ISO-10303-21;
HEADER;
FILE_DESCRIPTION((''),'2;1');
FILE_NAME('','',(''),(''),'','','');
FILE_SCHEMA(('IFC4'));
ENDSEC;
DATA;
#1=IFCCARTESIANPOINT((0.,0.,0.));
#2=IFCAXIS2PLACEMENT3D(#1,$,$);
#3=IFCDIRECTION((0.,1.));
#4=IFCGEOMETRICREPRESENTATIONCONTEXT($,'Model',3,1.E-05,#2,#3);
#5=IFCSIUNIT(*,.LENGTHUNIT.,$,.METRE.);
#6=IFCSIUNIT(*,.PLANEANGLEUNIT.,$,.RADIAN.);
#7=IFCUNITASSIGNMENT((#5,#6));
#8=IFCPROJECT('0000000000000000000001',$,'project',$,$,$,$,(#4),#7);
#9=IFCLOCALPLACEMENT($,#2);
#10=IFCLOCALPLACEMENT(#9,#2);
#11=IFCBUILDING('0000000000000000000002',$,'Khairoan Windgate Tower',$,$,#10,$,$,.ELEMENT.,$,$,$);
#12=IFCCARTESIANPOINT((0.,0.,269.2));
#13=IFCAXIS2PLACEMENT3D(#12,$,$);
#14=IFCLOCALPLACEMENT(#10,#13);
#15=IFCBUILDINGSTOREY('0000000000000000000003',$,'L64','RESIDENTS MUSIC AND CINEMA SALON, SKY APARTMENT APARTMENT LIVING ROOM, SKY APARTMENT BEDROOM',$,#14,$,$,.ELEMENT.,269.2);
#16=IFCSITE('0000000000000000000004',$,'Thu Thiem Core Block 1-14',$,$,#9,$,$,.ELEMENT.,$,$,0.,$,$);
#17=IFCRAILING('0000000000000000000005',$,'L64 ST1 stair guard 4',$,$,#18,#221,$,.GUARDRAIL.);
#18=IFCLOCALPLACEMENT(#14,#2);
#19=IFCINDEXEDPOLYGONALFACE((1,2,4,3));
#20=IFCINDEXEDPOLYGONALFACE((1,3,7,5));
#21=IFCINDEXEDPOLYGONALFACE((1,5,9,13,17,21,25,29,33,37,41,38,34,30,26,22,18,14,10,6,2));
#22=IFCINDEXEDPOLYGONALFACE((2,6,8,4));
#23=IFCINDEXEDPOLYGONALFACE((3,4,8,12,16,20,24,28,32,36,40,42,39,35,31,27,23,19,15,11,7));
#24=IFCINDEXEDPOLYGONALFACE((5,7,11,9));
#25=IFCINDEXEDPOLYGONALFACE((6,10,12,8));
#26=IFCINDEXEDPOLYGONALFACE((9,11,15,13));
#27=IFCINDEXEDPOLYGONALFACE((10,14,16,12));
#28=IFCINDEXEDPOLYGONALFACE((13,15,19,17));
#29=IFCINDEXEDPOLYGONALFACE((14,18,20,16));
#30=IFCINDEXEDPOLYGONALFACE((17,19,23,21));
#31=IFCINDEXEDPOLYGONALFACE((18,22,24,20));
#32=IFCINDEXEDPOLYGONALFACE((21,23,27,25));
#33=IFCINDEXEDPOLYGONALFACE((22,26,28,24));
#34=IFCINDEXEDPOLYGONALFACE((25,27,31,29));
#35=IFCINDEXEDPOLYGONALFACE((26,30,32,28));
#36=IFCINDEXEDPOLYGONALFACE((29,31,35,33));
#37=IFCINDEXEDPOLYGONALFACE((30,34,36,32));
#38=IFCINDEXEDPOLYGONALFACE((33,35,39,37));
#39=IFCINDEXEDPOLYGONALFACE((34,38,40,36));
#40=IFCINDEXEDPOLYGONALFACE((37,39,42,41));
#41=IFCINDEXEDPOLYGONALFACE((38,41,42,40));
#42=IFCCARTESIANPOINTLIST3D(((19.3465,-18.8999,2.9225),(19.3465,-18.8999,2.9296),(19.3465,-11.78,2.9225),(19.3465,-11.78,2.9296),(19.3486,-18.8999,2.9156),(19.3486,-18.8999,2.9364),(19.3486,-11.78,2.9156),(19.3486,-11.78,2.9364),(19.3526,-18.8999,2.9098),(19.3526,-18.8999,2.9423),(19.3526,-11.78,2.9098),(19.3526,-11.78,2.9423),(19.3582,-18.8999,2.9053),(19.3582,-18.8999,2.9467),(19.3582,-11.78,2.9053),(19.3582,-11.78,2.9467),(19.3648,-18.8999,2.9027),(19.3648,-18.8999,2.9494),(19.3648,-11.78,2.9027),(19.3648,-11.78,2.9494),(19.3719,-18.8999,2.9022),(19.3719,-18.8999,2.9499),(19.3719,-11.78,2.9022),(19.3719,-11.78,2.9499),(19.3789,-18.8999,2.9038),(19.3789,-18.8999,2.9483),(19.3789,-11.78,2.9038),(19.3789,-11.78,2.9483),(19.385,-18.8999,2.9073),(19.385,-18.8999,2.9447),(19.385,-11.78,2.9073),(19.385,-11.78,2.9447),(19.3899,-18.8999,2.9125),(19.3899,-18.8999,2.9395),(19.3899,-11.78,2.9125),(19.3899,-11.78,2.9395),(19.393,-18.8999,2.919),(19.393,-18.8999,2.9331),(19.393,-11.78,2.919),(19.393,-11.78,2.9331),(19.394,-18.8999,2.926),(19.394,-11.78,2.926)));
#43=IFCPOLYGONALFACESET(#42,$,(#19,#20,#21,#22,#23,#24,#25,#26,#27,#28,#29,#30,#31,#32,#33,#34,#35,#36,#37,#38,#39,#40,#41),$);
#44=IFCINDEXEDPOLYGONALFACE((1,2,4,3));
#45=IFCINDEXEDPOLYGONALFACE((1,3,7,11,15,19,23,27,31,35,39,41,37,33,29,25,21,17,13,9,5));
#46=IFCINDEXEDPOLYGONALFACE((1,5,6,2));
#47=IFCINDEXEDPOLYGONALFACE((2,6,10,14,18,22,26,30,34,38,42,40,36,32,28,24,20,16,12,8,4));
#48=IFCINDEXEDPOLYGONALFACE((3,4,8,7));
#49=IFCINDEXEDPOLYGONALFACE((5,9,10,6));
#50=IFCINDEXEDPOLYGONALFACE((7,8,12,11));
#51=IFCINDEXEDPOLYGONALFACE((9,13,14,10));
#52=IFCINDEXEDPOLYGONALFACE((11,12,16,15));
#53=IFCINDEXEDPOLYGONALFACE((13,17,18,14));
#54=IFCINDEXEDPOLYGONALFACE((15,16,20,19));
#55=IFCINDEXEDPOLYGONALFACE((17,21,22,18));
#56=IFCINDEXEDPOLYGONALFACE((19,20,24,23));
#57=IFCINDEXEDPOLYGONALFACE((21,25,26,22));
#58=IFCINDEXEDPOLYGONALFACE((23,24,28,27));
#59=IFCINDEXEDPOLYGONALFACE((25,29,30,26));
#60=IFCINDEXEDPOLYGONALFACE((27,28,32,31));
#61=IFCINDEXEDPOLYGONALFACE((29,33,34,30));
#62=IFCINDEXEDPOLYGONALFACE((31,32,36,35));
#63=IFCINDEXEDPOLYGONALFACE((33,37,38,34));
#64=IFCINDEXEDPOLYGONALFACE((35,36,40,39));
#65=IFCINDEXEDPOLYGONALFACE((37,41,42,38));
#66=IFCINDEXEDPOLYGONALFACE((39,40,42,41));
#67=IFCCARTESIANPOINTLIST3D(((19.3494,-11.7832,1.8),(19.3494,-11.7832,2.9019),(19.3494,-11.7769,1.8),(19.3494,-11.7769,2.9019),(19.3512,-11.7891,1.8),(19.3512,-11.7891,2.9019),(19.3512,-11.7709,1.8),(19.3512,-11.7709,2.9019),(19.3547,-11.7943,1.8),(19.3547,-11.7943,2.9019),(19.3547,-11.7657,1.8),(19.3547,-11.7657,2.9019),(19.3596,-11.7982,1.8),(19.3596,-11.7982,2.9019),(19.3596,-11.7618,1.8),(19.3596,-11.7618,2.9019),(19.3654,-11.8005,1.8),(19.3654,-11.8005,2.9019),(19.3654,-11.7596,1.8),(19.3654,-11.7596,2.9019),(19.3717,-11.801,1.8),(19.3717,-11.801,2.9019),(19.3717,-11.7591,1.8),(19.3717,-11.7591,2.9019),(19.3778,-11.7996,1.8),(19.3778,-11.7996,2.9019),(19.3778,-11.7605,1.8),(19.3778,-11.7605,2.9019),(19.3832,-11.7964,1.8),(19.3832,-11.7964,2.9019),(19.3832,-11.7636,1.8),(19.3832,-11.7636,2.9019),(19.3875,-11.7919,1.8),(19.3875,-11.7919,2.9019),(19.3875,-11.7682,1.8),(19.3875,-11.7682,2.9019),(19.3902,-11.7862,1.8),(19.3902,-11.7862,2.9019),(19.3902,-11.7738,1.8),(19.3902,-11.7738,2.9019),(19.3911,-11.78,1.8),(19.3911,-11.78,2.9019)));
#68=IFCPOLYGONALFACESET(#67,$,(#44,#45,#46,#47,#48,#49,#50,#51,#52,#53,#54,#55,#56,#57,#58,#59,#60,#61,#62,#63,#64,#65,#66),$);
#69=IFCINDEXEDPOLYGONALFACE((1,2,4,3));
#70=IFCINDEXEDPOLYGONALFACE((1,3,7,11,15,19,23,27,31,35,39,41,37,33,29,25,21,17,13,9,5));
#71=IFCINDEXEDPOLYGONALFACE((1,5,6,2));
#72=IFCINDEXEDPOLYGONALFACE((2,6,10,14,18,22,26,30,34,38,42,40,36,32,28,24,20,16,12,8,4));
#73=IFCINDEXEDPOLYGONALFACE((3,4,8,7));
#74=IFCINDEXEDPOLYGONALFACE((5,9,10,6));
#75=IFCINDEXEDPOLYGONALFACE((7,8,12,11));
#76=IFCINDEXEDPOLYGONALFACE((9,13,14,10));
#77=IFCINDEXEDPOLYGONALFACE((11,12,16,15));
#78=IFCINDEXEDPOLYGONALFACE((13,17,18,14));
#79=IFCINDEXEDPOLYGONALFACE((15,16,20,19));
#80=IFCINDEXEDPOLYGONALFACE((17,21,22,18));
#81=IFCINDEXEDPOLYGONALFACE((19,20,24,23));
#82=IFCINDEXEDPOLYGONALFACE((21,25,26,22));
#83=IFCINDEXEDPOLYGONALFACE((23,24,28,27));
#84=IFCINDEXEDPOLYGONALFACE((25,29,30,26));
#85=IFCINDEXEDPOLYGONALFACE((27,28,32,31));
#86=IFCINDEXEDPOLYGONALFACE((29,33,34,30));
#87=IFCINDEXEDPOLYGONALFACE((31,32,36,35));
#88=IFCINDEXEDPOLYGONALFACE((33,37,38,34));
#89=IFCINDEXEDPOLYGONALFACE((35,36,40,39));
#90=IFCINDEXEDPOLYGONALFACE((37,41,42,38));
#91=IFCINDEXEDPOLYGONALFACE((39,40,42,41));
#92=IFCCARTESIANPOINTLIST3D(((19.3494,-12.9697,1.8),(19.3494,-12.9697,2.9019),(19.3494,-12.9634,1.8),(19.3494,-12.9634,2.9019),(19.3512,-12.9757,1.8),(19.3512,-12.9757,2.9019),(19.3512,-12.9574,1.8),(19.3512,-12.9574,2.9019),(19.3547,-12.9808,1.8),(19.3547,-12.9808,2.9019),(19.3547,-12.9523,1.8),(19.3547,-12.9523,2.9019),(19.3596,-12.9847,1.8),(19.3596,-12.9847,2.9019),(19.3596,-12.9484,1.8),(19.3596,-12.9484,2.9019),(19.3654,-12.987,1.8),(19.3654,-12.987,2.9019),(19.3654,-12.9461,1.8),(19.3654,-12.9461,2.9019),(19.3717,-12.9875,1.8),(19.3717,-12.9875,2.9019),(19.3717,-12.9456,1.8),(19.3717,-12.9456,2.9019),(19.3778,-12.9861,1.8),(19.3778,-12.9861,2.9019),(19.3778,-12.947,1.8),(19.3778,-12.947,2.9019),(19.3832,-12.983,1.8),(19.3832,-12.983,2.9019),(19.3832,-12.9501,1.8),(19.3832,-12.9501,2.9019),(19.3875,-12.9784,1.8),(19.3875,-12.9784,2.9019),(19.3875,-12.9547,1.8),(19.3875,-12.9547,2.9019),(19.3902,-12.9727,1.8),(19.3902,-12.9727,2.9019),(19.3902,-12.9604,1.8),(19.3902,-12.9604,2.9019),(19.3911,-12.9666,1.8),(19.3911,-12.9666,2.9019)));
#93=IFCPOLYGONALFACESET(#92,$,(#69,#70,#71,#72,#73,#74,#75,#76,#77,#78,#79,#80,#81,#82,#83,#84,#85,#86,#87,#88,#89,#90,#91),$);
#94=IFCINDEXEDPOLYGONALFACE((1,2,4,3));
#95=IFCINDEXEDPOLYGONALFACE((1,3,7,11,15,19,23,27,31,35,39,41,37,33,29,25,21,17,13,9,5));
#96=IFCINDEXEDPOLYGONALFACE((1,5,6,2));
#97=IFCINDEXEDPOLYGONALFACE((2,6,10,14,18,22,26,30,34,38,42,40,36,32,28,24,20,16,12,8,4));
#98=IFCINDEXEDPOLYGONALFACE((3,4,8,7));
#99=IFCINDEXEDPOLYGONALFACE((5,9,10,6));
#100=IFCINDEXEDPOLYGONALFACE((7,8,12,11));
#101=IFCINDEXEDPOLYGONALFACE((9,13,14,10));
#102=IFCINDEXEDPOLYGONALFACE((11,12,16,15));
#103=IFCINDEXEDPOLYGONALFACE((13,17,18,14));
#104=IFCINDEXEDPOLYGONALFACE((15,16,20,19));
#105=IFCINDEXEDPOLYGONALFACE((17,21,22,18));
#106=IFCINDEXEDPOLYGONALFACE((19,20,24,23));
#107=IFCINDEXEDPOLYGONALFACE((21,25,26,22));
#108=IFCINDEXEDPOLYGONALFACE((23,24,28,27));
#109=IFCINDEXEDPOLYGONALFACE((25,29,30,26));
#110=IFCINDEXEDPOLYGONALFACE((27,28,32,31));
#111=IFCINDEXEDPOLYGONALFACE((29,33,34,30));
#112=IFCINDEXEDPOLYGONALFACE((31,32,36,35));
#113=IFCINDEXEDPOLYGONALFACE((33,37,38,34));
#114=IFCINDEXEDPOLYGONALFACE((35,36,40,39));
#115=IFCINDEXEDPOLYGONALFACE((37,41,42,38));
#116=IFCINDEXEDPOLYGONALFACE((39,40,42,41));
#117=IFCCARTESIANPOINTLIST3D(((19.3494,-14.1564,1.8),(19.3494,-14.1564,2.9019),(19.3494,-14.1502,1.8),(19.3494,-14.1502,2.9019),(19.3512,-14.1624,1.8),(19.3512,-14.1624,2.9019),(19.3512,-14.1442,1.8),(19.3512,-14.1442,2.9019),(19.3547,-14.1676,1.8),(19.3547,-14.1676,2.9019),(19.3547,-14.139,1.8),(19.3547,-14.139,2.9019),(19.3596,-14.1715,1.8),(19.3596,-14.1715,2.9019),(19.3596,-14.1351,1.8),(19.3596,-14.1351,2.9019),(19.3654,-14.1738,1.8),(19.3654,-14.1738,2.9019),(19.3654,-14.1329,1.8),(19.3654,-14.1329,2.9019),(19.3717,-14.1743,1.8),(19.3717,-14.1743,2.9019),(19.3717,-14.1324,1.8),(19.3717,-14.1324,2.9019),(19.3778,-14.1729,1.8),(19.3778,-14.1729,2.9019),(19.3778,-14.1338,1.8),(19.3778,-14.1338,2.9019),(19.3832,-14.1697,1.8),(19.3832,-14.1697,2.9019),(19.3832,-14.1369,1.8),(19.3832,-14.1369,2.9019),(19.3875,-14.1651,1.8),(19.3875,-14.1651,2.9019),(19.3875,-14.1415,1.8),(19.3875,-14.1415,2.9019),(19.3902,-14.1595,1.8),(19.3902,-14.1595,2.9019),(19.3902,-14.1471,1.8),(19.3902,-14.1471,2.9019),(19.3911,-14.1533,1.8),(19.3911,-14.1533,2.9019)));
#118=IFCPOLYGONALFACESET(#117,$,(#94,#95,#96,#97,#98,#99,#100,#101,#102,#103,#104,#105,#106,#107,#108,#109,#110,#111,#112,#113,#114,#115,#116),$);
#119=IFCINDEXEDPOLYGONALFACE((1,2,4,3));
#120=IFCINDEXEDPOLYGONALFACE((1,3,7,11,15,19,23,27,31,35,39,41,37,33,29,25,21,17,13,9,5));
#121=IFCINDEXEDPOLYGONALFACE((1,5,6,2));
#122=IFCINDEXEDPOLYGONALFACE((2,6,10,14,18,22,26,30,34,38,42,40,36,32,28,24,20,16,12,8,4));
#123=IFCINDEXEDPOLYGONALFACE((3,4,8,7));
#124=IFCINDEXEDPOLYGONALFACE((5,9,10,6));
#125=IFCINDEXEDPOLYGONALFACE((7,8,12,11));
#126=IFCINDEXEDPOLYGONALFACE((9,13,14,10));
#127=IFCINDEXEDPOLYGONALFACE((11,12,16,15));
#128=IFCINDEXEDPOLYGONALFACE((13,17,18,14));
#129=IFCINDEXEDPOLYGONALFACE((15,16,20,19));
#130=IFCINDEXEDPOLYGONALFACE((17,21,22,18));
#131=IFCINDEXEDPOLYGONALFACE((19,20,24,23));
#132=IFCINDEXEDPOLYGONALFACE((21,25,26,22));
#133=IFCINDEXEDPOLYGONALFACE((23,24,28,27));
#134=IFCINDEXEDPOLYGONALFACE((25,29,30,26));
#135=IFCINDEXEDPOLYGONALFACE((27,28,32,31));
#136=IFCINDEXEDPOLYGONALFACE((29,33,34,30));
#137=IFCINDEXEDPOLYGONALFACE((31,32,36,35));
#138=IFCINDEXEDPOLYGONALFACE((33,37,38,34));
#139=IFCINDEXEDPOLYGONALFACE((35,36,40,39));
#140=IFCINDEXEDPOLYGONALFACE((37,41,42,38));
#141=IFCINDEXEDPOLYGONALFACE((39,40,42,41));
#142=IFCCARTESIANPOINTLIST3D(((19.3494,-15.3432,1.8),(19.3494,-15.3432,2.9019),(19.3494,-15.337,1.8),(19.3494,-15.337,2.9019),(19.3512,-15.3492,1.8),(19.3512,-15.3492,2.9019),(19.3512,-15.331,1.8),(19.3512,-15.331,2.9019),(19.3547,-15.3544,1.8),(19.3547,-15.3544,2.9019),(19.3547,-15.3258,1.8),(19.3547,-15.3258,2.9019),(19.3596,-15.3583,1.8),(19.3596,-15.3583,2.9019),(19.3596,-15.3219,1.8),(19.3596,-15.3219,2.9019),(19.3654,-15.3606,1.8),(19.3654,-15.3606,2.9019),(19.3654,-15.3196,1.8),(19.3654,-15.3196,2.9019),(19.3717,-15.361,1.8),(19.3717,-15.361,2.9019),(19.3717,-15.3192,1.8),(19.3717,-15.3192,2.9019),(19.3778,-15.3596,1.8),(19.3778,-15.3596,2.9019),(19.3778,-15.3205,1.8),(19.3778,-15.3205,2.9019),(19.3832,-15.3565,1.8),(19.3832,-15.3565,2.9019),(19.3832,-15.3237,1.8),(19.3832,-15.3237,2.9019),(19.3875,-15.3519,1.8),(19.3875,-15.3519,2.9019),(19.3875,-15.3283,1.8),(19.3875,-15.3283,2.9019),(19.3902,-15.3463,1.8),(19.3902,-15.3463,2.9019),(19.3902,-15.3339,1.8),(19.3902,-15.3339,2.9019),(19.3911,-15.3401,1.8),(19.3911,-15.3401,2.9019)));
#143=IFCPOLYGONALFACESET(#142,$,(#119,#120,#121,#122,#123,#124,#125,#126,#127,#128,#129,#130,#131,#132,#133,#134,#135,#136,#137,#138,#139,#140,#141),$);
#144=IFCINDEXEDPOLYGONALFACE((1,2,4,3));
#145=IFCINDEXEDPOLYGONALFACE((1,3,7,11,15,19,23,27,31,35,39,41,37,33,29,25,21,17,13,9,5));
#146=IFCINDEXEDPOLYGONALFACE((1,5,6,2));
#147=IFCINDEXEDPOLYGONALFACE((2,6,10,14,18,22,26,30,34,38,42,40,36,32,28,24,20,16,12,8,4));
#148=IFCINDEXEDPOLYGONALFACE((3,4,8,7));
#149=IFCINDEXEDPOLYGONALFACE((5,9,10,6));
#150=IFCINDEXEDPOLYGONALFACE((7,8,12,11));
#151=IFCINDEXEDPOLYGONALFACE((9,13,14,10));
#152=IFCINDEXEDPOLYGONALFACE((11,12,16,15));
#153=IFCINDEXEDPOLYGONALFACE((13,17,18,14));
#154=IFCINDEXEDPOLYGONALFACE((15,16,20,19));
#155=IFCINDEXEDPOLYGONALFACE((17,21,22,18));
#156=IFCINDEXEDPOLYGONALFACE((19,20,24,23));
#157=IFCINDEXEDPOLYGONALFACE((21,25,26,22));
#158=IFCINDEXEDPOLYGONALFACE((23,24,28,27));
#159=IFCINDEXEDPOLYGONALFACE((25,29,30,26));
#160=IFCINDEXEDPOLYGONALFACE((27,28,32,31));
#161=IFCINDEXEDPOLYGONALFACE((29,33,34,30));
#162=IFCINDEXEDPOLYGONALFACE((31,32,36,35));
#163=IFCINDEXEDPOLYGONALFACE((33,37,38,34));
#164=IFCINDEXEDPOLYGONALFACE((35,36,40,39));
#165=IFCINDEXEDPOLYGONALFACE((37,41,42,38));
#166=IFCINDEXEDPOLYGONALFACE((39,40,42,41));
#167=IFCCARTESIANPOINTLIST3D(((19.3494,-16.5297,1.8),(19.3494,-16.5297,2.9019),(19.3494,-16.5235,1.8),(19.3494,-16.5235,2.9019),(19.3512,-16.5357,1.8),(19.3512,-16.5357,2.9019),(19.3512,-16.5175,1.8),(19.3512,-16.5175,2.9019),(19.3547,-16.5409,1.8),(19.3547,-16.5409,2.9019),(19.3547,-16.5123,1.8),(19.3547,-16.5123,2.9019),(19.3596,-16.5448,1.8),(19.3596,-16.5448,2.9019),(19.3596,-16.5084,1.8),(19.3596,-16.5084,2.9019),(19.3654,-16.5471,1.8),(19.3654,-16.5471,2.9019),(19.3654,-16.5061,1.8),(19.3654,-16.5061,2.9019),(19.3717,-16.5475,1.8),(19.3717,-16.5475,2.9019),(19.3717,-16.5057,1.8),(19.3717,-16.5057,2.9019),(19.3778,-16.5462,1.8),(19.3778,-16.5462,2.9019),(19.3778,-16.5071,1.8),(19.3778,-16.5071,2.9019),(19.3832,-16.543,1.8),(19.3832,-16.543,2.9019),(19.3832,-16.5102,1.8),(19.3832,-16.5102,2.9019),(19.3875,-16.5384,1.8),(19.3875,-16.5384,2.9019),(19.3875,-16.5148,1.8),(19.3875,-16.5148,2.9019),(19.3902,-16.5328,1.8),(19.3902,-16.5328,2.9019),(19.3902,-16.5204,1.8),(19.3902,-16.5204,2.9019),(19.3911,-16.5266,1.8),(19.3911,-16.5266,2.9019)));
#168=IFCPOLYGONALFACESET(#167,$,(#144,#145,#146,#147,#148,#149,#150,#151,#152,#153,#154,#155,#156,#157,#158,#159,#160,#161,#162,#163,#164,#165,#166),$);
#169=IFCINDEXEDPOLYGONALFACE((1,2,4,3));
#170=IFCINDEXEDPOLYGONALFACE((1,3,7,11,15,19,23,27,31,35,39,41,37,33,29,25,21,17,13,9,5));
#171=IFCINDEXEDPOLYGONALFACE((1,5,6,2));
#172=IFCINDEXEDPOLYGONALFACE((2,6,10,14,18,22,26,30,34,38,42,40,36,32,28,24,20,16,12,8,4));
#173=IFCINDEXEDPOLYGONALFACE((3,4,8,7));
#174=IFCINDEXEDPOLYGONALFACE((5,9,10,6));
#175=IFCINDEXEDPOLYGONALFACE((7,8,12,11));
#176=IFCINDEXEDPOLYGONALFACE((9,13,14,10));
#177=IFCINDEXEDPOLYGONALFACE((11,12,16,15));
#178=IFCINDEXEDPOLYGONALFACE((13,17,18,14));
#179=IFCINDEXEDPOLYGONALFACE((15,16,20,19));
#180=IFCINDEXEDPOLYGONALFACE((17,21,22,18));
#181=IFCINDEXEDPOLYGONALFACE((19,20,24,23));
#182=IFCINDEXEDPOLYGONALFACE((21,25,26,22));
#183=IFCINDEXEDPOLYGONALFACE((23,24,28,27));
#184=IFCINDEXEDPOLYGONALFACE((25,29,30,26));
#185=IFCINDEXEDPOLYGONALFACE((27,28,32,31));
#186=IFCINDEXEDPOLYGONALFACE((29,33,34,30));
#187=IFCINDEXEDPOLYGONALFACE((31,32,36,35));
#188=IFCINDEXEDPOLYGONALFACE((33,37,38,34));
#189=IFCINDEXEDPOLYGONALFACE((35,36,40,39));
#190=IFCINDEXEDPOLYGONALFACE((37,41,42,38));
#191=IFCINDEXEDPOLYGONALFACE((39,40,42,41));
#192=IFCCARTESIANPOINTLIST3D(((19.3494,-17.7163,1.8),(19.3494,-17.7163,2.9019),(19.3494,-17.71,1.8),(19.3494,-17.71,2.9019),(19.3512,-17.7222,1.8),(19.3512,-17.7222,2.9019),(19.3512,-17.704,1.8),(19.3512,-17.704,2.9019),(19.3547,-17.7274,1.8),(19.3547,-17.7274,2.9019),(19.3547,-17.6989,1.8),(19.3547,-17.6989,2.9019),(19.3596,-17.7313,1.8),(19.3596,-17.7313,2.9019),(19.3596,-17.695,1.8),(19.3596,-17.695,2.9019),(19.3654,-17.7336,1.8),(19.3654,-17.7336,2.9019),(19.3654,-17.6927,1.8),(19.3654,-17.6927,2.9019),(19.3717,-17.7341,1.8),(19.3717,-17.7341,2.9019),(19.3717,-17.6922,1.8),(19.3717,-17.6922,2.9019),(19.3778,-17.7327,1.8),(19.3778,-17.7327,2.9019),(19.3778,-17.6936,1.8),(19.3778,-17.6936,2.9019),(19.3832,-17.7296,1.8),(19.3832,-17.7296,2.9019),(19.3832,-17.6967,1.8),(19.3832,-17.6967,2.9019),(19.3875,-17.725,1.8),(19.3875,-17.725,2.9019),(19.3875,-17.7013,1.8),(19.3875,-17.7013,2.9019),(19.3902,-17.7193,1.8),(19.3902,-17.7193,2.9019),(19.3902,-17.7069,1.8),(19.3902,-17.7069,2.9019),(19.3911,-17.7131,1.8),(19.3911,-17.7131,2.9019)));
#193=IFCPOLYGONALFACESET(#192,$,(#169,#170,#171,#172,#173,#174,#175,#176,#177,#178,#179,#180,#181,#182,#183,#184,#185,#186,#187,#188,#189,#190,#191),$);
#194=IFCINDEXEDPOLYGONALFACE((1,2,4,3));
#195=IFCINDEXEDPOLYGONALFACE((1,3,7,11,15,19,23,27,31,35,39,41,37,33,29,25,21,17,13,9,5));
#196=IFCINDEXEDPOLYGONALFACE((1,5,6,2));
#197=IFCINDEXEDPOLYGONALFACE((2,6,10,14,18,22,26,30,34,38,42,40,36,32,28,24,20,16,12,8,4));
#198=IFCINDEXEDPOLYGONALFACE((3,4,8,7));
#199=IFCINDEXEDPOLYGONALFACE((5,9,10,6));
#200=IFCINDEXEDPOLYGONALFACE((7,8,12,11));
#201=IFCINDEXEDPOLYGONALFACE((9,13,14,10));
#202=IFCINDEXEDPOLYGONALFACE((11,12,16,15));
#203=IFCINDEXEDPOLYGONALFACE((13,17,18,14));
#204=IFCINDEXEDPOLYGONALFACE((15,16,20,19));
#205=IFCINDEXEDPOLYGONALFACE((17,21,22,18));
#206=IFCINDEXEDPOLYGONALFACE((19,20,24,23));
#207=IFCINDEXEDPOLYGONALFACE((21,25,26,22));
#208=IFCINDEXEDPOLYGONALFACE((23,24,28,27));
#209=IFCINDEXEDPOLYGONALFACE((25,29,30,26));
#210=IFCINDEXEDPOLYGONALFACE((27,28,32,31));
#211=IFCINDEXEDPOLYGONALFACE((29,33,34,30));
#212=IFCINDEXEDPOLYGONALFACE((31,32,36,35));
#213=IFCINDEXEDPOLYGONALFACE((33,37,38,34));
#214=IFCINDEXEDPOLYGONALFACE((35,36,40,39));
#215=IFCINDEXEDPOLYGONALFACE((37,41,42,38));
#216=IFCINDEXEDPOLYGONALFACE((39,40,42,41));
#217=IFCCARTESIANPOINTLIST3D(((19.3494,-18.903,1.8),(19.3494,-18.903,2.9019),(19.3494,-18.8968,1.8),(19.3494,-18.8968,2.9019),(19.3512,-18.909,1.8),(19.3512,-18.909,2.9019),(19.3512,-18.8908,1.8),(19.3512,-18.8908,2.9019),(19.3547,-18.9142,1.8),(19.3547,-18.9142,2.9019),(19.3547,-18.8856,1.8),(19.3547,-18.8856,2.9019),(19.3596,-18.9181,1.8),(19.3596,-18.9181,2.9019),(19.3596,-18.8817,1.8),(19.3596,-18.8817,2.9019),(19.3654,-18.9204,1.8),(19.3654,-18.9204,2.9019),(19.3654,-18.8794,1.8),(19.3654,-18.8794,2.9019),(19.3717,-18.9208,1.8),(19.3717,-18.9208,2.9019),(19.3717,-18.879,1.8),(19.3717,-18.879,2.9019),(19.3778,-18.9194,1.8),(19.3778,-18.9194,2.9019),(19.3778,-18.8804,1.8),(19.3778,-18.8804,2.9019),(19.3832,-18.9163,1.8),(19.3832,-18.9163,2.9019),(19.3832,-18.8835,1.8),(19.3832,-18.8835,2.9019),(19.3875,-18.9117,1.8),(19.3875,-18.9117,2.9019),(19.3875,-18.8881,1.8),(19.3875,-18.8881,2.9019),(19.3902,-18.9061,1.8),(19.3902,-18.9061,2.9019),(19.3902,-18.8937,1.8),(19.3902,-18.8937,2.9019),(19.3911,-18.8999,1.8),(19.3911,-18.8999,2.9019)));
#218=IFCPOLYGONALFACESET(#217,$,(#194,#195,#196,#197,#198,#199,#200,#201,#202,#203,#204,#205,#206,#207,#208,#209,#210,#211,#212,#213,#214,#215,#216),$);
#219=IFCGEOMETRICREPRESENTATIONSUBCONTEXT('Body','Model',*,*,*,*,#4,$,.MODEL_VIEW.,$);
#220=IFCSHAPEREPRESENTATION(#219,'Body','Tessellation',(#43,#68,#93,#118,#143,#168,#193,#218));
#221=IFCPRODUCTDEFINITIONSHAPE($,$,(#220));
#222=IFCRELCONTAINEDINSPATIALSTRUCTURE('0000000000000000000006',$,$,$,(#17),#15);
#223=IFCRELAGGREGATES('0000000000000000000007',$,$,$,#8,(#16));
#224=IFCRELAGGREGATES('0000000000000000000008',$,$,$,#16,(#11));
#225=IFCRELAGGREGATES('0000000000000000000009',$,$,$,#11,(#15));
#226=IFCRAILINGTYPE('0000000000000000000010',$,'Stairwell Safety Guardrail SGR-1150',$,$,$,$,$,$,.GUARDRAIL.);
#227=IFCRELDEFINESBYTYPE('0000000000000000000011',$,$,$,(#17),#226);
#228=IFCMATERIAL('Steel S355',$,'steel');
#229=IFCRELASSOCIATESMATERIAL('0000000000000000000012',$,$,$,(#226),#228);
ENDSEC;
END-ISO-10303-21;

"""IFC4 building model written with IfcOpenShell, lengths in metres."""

from ifc_helpers import new_model, si_unit, direction, frame, origin, origin_2d, place, context, subcontext, project, spatial, circle, extrude, material, type_object, element, save


model = new_model("IFC4")

# Units and contexts
model_context = context("Model", 3, precision=1e-05, world=origin(), true_north=direction((0.0, 1.0)))
body_context = subcontext(model_context, "Body", "Model", "MODEL_VIEW")
ifc_project = project(units=[si_unit("LENGTHUNIT", "METRE"), si_unit("PLANEANGLEUNIT", "RADIAN")], contexts=[model_context])

# Site, building, storey
site_placement = place(None, origin())
site = spatial("IfcSite", under=ifc_project, at=site_placement, Name="Thu Thiem Core Block 1-14", CompositionType="ELEMENT", RefElevation=0.0)
building_placement = place(site_placement, origin())
building = spatial("IfcBuilding", under=site, at=building_placement, Name="Khairoan Windgate Tower", CompositionType="ELEMENT")
storey_placement = place(building_placement, frame((0.0, 0.0, 269.2)))
storey = spatial("IfcBuildingStorey", under=building, at=storey_placement, Name="L64", Description="RESIDENTS MUSIC AND CINEMA SALON, SKY APARTMENT APARTMENT LIVING ROOM, SKY APARTMENT BEDROOM", CompositionType="ELEMENT", Elevation=269.2)

# Railing
ifc_material_1 = material(Name="Steel S355", Category="steel")
railing_type_1 = type_object("IfcRailingType", Name="Stairwell Safety Guardrail SGR-1150", PredefinedType="GUARDRAIL", material=ifc_material_1)
railing_1_placement = place(storey_placement, frame((19.3701, -11.78, 1.8)))
element("IfcRailing", 1, at=railing_1_placement, inside=storey, type_object=railing_type_1, Name="L64 ST1 stair guard 4", PredefinedType="GUARDRAIL", context=body_context, shape_type="SweptSolid", body=[
    extrude(circle(Radius=0.0239, at=origin_2d()), frame((0.0, 0.0, 1.126), z_axis=(0.0, -1.0, 0.0), x_axis=(1.0, 0.0, 0.0)), (0.0, 0.0, 1.0), 7.1199),
    extrude(circle(Radius=0.021, at=origin_2d()), origin(), (0.0, 0.0, 1.0), 1.1018),
    extrude(circle(Radius=0.021, at=origin_2d()), frame((0.0, -1.1865, 0.0)), (0.0, 0.0, 1.0), 1.1018),
    extrude(circle(Radius=0.021, at=origin_2d()), frame((0.0, -2.3733, 0.0)), (0.0, 0.0, 1.0), 1.1018),
    extrude(circle(Radius=0.021, at=origin_2d()), frame((0.0, -3.5601, 0.0)), (0.0, 0.0, 1.0), 1.1018),
    extrude(circle(Radius=0.021, at=origin_2d()), frame((0.0, -4.7466, 0.0)), (0.0, 0.0, 1.0), 1.1018),
    extrude(circle(Radius=0.021, at=origin_2d()), frame((0.0, -5.9331, 0.0)), (0.0, 0.0, 1.0), 1.1018),
    extrude(circle(Radius=0.021, at=origin_2d()), frame((0.0, -7.1199, 0.0)), (0.0, 0.0, 1.0), 1.1018),
])

save(model, "model.ifc")
